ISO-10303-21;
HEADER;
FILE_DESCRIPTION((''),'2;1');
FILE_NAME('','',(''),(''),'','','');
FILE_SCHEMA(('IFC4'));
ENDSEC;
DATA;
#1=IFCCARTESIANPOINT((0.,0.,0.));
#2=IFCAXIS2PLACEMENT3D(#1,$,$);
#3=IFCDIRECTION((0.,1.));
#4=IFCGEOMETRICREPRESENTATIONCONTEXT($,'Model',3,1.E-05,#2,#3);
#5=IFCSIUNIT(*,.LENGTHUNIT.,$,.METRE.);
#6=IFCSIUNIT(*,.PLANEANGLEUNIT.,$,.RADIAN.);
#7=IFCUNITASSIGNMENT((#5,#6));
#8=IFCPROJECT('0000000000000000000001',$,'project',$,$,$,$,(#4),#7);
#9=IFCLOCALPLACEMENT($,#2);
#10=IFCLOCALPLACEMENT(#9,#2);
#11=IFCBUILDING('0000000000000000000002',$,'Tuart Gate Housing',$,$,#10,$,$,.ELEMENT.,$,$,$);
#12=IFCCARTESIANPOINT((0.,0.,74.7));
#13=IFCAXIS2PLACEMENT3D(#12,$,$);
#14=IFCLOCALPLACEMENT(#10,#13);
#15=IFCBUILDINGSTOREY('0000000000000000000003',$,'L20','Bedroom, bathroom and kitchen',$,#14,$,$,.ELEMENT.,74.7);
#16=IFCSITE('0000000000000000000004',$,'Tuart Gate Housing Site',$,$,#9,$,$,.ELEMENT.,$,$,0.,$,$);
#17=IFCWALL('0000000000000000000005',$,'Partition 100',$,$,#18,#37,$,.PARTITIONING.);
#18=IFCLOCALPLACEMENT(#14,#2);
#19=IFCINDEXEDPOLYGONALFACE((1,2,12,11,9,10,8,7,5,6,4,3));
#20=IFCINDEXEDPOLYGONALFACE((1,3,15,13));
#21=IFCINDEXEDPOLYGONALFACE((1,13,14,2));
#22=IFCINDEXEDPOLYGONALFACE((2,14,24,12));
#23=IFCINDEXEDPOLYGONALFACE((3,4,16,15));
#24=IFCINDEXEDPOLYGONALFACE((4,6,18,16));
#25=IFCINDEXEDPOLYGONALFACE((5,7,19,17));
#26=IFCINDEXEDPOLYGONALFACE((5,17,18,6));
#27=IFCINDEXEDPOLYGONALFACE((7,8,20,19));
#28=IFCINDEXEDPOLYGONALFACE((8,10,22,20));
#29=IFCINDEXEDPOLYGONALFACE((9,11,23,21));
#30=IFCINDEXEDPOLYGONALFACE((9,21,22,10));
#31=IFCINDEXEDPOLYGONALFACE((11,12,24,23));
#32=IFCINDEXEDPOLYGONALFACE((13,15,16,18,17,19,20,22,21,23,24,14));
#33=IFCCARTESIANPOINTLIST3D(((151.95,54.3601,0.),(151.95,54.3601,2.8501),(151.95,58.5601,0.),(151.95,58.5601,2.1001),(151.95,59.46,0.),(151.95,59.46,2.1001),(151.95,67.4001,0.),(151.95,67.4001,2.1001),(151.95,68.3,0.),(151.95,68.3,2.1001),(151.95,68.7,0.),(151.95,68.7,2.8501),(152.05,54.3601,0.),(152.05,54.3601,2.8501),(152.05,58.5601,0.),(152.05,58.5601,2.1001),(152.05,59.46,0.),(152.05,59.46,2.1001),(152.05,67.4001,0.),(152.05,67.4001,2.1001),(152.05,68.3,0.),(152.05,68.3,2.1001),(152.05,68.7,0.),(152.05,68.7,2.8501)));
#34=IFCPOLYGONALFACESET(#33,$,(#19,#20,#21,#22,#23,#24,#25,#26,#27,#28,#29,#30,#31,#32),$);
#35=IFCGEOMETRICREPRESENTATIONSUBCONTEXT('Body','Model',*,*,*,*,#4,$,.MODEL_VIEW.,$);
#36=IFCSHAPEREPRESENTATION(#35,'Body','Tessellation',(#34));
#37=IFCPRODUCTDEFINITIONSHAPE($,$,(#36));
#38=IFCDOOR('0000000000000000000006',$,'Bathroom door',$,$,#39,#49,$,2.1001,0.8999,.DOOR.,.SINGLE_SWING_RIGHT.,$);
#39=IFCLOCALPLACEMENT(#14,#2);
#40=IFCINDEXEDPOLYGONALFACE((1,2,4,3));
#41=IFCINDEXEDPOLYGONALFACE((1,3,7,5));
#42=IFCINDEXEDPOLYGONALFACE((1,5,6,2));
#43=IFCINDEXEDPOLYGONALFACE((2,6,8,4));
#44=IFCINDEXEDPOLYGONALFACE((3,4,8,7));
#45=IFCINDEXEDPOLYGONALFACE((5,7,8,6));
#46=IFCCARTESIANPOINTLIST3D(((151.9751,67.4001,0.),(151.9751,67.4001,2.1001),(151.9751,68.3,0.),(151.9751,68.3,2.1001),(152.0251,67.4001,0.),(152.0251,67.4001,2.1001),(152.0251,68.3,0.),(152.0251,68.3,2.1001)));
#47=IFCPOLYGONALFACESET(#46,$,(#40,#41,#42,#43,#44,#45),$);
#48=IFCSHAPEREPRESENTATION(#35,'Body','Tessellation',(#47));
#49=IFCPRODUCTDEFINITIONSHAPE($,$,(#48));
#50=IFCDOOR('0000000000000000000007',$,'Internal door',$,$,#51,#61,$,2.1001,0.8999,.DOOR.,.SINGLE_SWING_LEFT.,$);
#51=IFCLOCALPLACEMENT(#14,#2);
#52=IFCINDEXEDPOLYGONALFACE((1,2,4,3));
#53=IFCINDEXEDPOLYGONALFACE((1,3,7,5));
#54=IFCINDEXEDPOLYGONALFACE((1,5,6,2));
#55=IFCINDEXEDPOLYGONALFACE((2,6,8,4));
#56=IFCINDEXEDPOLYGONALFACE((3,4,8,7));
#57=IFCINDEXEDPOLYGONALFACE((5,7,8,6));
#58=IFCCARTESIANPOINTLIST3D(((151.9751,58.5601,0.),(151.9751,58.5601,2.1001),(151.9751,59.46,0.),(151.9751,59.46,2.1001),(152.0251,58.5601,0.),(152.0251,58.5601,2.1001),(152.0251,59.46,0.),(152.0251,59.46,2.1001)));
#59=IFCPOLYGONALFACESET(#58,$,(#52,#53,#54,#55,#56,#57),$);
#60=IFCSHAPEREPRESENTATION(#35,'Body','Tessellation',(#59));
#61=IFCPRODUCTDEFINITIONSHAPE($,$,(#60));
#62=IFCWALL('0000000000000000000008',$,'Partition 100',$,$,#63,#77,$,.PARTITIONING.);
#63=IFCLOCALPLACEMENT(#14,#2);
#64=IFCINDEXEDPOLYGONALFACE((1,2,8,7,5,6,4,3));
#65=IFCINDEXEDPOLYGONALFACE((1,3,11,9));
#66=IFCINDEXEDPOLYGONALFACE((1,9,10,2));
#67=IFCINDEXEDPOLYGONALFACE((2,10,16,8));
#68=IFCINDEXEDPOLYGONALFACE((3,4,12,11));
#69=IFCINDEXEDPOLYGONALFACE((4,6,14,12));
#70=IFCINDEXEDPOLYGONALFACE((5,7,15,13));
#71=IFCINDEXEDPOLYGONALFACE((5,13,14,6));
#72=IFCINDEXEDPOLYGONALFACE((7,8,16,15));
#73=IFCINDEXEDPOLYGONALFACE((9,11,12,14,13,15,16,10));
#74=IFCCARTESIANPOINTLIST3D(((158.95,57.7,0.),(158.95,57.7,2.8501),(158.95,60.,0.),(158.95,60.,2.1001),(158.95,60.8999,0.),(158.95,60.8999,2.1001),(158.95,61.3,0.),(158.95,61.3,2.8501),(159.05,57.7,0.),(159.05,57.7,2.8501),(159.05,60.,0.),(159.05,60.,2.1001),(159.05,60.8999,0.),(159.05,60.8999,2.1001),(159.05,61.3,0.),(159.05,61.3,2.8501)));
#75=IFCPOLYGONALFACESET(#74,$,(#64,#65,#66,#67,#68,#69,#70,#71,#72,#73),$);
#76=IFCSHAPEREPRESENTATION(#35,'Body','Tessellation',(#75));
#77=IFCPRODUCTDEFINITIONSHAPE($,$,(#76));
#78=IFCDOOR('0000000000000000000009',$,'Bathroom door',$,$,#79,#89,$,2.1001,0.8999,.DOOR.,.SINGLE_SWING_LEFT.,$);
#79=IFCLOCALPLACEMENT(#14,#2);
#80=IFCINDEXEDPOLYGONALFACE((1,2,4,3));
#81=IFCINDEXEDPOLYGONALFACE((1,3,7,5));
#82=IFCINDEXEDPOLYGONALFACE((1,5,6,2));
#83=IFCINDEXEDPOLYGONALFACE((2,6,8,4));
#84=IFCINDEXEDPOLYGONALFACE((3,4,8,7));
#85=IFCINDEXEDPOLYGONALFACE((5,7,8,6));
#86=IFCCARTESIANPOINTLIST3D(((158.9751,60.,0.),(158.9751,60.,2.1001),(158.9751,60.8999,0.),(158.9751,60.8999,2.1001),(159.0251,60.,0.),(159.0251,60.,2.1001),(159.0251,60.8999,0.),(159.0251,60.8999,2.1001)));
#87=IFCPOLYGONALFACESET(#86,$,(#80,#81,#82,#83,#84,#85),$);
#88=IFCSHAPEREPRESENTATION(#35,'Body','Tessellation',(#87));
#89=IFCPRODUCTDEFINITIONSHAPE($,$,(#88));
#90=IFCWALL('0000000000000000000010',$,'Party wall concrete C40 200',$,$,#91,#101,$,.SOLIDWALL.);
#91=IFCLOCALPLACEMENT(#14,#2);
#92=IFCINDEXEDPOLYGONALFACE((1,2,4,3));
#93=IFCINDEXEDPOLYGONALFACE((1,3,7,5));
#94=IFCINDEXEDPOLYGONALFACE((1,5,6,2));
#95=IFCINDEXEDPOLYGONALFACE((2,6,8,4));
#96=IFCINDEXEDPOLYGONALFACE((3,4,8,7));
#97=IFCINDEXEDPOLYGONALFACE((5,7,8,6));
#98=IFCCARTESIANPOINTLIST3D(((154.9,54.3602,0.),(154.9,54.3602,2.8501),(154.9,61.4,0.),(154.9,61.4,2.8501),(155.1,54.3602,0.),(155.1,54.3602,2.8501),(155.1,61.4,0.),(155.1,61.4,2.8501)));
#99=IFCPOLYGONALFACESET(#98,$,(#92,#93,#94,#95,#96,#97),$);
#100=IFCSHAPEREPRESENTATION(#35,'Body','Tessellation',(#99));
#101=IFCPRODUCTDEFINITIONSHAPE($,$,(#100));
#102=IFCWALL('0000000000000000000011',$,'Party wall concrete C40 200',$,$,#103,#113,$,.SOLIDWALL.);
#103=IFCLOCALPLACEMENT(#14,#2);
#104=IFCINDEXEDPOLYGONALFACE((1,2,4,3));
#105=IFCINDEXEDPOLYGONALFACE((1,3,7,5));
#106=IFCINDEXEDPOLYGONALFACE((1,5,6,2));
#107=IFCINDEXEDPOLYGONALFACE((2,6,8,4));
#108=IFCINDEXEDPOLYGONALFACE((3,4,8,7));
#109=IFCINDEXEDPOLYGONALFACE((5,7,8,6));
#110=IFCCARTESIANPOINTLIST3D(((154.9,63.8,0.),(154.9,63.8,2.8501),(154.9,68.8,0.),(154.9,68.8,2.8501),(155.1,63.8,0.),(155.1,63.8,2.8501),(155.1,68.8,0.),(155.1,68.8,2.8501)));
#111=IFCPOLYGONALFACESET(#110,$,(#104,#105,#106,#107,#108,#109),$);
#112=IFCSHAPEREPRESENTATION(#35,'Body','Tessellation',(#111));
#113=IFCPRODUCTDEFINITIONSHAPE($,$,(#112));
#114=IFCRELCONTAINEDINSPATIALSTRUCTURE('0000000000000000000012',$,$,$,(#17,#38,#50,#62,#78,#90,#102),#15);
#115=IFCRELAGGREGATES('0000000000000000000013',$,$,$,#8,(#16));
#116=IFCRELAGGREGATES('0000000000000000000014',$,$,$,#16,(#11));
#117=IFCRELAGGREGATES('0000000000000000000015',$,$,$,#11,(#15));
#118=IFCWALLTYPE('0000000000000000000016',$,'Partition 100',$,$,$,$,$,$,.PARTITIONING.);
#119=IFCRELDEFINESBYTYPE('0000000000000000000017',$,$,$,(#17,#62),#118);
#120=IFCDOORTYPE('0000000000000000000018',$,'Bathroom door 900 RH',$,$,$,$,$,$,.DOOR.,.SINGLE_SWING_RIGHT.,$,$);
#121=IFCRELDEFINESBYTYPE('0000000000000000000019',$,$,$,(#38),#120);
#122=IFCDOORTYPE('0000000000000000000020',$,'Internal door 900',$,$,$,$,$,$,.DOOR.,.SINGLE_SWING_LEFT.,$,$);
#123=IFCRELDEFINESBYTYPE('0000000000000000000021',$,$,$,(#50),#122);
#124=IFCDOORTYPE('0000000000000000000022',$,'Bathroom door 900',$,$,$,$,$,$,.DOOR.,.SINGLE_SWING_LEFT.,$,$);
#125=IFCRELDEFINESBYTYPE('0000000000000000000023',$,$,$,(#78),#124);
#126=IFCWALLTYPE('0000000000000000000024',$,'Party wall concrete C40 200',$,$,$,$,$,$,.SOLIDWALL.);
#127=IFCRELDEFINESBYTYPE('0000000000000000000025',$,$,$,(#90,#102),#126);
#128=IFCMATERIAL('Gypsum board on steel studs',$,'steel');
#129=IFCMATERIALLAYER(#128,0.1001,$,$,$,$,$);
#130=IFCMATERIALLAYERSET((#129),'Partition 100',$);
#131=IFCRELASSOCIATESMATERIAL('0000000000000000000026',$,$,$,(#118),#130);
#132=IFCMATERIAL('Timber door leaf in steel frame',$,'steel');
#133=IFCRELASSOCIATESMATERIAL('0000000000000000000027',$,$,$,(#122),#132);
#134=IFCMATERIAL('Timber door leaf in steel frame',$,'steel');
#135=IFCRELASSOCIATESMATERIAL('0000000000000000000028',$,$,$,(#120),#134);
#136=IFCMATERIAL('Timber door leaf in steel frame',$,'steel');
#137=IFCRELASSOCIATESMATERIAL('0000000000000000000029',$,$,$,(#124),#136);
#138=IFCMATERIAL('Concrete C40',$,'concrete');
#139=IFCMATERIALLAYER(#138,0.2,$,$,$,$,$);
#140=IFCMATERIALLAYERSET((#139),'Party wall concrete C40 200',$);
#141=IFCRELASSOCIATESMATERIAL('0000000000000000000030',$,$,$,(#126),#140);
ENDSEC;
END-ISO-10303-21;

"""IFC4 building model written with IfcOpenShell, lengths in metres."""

from ifc_helpers import new_model, si_unit, direction, frame, frame_2d, origin, place, context, subcontext, project, spatial, rectangle, extrude, material, layer, layer_set, type_object, element, fill, save


model = new_model("IFC4")

# Units and contexts
model_context = context("Model", 3, precision=1e-05, world=origin(), true_north=direction((0.0, 1.0)))
body_context = subcontext(model_context, "Body", "Model", "MODEL_VIEW")
ifc_project = project(units=[si_unit("LENGTHUNIT", "METRE"), si_unit("PLANEANGLEUNIT", "RADIAN")], contexts=[model_context])

# Site, building, storey
site_placement = place(None, origin())
site = spatial("IfcSite", under=ifc_project, at=site_placement, Name="Tuart Gate Housing Site", CompositionType="ELEMENT", RefElevation=0.0)
building_placement = place(site_placement, origin())
building = spatial("IfcBuilding", under=site, at=building_placement, Name="Tuart Gate Housing", CompositionType="ELEMENT")
storey_placement = place(building_placement, frame((0.0, 0.0, 74.7)))
storey = spatial("IfcBuildingStorey", under=building, at=storey_placement, Name="L20", Description="Bedroom, bathroom and kitchen", CompositionType="ELEMENT", Elevation=74.7)

# Shared definitions
ifc_material_1 = material(Name="Gypsum board on steel studs", Category="steel")
ifc_layer_1 = layer(ifc_material_1, 0.1001)
ifc_layer_set_1 = layer_set([ifc_layer_1], Name="Partition 100")
wall_type_1 = type_object("IfcWallType", Name="Partition 100", PredefinedType="PARTITIONING", material=ifc_layer_set_1)

# Shared definitions
ifc_material_2 = material(Name="Timber door leaf in steel frame", Category="steel")
door_type_1 = type_object("IfcDoorType", Name="Internal door 900", OperationType="SINGLE_SWING_LEFT", PredefinedType="DOOR", material=ifc_material_2)

# Wall, openings, doors
wall_1_placement = place(storey_placement, frame((152.0, 54.3601, 0.0), z_axis=(0.0, 0.0, 1.0), x_axis=(0.0, 1.0, 0.0)))
wall_1 = element("IfcWall", 1, at=wall_1_placement, inside=storey, type_object=wall_type_1, Name="Partition 100", PredefinedType="PARTITIONING", context=body_context, shape_type="SweptSolid", body=[
    extrude(rectangle(XDim=14.3398, YDim=0.1001, at=frame_2d((7.1699, 0.0))), origin(), (0.0, 0.0, 1.0), 2.8501),
])
opening_1_placement = place(wall_1_placement, frame((4.2, 0.0, 0.0)))
opening_1 = element("IfcOpeningElement", 2, at=opening_1_placement, cuts=wall_1, PredefinedType="OPENING", context=body_context, shape_type="SweptSolid", body=[
    extrude(rectangle(XDim=0.8999, YDim=2.1001, at=frame_2d((0.45, 1.05))), frame((0.0, 0.0601, 0.0), z_axis=(0.0, -1.0, 0.0), x_axis=(1.0, 0.0, 0.0)), (0.0, 0.0, 1.0), 0.1201),
])
opening_2_placement = place(wall_1_placement, frame((13.04, 0.0, 0.0)))
opening_2 = element("IfcOpeningElement", 3, at=opening_2_placement, cuts=wall_1, PredefinedType="OPENING", context=body_context, shape_type="SweptSolid", body=[
    extrude(rectangle(XDim=0.8999, YDim=2.1001, at=frame_2d((0.45, 1.05))), frame((0.0, 0.0601, 0.0), z_axis=(0.0, -1.0, 0.0), x_axis=(1.0, 0.0, 0.0)), (0.0, 0.0, 1.0), 0.1201),
])
ifc_material_3 = material(Name="Timber door leaf in steel frame", Category="steel")
door_type_2 = type_object("IfcDoorType", Name="Bathroom door 900 RH", OperationType="SINGLE_SWING_RIGHT", PredefinedType="DOOR", material=ifc_material_3)
door_1_placement = place(opening_2_placement, origin())
door_1 = element("IfcDoor", 4, at=door_1_placement, inside=storey, type_object=door_type_2, Name="Bathroom door", OperationType="SINGLE_SWING_RIGHT", OverallHeight=2.1001, OverallWidth=0.8999, PredefinedType="DOOR", context=body_context, shape_type="SweptSolid", body=[
    extrude(rectangle(XDim=0.8999, YDim=2.1001, at=frame_2d((0.45, 1.05))), frame((0.0, 0.0249, 0.0), z_axis=(0.0, -1.0, 0.0), x_axis=(1.0, 0.0, 0.0)), (0.0, 0.0, 1.0), 0.05),
])
fill(opening_2, door_1)
door_2_placement = place(opening_1_placement, origin())
door_2 = element("IfcDoor", 5, at=door_2_placement, inside=storey, type_object=door_type_1, Name="Internal door", OperationType="SINGLE_SWING_LEFT", OverallHeight=2.1001, OverallWidth=0.8999, PredefinedType="DOOR", context=body_context, shape_type="SweptSolid", body=[
    extrude(rectangle(XDim=0.8999, YDim=2.1001, at=frame_2d((0.45, 1.05))), frame((0.0, 0.0249, 0.0), z_axis=(0.0, -1.0, 0.0), x_axis=(1.0, 0.0, 0.0)), (0.0, 0.0, 1.0), 0.05),
])
fill(opening_1, door_2)

# Wall, opening, door
wall_2_placement = place(storey_placement, frame((159.0, 57.7, 0.0), z_axis=(0.0, 0.0, 1.0), x_axis=(0.0, 1.0, 0.0)))
wall_2 = element("IfcWall", 6, at=wall_2_placement, inside=storey, type_object=wall_type_1, Name="Partition 100", PredefinedType="PARTITIONING", context=body_context, shape_type="SweptSolid", body=[
    extrude(rectangle(XDim=3.6001, YDim=0.1001, at=frame_2d((1.8, 0.0))), origin(), (0.0, 0.0, 1.0), 2.8501),
])
opening_3_placement = place(wall_2_placement, frame((2.3, 0.0, 0.0)))
opening_3 = element("IfcOpeningElement", 7, at=opening_3_placement, cuts=wall_2, PredefinedType="OPENING", context=body_context, shape_type="SweptSolid", body=[
    extrude(rectangle(XDim=0.8999, YDim=2.1001, at=frame_2d((0.45, 1.05))), frame((0.0, 0.0601, 0.0), z_axis=(0.0, -1.0, 0.0), x_axis=(1.0, 0.0, 0.0)), (0.0, 0.0, 1.0), 0.1201),
])
ifc_material_4 = material(Name="Timber door leaf in steel frame", Category="steel")
door_type_3 = type_object("IfcDoorType", Name="Bathroom door 900", OperationType="SINGLE_SWING_LEFT", PredefinedType="DOOR", material=ifc_material_4)
door_3_placement = place(opening_3_placement, frame((0.8999, 0.0, 0.0), z_axis=(0.0, 0.0, 1.0), x_axis=(-1.0, 0.0, 0.0)))
door_3 = element("IfcDoor", 8, at=door_3_placement, inside=storey, type_object=door_type_3, Name="Bathroom door", OperationType="SINGLE_SWING_LEFT", OverallHeight=2.1001, OverallWidth=0.8999, PredefinedType="DOOR", context=body_context, shape_type="SweptSolid", body=[
    extrude(rectangle(XDim=0.8999, YDim=2.1001, at=frame_2d((0.45, 1.05))), frame((0.0, 0.0251, 0.0), z_axis=(0.0, -1.0, 0.0), x_axis=(1.0, 0.0, 0.0)), (0.0, 0.0, 1.0), 0.05),
])
fill(opening_3, door_3)

# Walls
ifc_material_5 = material(Name="Concrete C40", Category="concrete")
ifc_layer_2 = layer(ifc_material_5, 0.2)
ifc_layer_set_2 = layer_set([ifc_layer_2], Name="Party wall concrete C40 200")
wall_type_2 = type_object("IfcWallType", Name="Party wall concrete C40 200", PredefinedType="SOLIDWALL", material=ifc_layer_set_2)
wall_3_placement = place(storey_placement, frame((155.0, 54.3601, 0.0), z_axis=(0.0, 0.0, 1.0), x_axis=(0.0, 1.0, 0.0)))
element("IfcWall", 9, at=wall_3_placement, inside=storey, type_object=wall_type_2, Name="Party wall concrete C40 200", PredefinedType="SOLIDWALL", context=body_context, shape_type="SweptSolid", body=[
    extrude(rectangle(XDim=7.0398, YDim=0.2, at=frame_2d((3.52, 0.0))), origin(), (0.0, 0.0, 1.0), 2.8501),
])
wall_4_placement = place(storey_placement, frame((155.0, 63.8, 0.0), z_axis=(0.0, 0.0, 1.0), x_axis=(0.0, 1.0, 0.0)))
element("IfcWall", 10, at=wall_4_placement, inside=storey, type_object=wall_type_2, Name="Party wall concrete C40 200", PredefinedType="SOLIDWALL", context=body_context, shape_type="SweptSolid", body=[
    extrude(rectangle(XDim=5.0, YDim=0.2, at=frame_2d((2.5, 0.0))), origin(), (0.0, 0.0, 1.0), 2.8501),
])

save(model, "model.ifc")
